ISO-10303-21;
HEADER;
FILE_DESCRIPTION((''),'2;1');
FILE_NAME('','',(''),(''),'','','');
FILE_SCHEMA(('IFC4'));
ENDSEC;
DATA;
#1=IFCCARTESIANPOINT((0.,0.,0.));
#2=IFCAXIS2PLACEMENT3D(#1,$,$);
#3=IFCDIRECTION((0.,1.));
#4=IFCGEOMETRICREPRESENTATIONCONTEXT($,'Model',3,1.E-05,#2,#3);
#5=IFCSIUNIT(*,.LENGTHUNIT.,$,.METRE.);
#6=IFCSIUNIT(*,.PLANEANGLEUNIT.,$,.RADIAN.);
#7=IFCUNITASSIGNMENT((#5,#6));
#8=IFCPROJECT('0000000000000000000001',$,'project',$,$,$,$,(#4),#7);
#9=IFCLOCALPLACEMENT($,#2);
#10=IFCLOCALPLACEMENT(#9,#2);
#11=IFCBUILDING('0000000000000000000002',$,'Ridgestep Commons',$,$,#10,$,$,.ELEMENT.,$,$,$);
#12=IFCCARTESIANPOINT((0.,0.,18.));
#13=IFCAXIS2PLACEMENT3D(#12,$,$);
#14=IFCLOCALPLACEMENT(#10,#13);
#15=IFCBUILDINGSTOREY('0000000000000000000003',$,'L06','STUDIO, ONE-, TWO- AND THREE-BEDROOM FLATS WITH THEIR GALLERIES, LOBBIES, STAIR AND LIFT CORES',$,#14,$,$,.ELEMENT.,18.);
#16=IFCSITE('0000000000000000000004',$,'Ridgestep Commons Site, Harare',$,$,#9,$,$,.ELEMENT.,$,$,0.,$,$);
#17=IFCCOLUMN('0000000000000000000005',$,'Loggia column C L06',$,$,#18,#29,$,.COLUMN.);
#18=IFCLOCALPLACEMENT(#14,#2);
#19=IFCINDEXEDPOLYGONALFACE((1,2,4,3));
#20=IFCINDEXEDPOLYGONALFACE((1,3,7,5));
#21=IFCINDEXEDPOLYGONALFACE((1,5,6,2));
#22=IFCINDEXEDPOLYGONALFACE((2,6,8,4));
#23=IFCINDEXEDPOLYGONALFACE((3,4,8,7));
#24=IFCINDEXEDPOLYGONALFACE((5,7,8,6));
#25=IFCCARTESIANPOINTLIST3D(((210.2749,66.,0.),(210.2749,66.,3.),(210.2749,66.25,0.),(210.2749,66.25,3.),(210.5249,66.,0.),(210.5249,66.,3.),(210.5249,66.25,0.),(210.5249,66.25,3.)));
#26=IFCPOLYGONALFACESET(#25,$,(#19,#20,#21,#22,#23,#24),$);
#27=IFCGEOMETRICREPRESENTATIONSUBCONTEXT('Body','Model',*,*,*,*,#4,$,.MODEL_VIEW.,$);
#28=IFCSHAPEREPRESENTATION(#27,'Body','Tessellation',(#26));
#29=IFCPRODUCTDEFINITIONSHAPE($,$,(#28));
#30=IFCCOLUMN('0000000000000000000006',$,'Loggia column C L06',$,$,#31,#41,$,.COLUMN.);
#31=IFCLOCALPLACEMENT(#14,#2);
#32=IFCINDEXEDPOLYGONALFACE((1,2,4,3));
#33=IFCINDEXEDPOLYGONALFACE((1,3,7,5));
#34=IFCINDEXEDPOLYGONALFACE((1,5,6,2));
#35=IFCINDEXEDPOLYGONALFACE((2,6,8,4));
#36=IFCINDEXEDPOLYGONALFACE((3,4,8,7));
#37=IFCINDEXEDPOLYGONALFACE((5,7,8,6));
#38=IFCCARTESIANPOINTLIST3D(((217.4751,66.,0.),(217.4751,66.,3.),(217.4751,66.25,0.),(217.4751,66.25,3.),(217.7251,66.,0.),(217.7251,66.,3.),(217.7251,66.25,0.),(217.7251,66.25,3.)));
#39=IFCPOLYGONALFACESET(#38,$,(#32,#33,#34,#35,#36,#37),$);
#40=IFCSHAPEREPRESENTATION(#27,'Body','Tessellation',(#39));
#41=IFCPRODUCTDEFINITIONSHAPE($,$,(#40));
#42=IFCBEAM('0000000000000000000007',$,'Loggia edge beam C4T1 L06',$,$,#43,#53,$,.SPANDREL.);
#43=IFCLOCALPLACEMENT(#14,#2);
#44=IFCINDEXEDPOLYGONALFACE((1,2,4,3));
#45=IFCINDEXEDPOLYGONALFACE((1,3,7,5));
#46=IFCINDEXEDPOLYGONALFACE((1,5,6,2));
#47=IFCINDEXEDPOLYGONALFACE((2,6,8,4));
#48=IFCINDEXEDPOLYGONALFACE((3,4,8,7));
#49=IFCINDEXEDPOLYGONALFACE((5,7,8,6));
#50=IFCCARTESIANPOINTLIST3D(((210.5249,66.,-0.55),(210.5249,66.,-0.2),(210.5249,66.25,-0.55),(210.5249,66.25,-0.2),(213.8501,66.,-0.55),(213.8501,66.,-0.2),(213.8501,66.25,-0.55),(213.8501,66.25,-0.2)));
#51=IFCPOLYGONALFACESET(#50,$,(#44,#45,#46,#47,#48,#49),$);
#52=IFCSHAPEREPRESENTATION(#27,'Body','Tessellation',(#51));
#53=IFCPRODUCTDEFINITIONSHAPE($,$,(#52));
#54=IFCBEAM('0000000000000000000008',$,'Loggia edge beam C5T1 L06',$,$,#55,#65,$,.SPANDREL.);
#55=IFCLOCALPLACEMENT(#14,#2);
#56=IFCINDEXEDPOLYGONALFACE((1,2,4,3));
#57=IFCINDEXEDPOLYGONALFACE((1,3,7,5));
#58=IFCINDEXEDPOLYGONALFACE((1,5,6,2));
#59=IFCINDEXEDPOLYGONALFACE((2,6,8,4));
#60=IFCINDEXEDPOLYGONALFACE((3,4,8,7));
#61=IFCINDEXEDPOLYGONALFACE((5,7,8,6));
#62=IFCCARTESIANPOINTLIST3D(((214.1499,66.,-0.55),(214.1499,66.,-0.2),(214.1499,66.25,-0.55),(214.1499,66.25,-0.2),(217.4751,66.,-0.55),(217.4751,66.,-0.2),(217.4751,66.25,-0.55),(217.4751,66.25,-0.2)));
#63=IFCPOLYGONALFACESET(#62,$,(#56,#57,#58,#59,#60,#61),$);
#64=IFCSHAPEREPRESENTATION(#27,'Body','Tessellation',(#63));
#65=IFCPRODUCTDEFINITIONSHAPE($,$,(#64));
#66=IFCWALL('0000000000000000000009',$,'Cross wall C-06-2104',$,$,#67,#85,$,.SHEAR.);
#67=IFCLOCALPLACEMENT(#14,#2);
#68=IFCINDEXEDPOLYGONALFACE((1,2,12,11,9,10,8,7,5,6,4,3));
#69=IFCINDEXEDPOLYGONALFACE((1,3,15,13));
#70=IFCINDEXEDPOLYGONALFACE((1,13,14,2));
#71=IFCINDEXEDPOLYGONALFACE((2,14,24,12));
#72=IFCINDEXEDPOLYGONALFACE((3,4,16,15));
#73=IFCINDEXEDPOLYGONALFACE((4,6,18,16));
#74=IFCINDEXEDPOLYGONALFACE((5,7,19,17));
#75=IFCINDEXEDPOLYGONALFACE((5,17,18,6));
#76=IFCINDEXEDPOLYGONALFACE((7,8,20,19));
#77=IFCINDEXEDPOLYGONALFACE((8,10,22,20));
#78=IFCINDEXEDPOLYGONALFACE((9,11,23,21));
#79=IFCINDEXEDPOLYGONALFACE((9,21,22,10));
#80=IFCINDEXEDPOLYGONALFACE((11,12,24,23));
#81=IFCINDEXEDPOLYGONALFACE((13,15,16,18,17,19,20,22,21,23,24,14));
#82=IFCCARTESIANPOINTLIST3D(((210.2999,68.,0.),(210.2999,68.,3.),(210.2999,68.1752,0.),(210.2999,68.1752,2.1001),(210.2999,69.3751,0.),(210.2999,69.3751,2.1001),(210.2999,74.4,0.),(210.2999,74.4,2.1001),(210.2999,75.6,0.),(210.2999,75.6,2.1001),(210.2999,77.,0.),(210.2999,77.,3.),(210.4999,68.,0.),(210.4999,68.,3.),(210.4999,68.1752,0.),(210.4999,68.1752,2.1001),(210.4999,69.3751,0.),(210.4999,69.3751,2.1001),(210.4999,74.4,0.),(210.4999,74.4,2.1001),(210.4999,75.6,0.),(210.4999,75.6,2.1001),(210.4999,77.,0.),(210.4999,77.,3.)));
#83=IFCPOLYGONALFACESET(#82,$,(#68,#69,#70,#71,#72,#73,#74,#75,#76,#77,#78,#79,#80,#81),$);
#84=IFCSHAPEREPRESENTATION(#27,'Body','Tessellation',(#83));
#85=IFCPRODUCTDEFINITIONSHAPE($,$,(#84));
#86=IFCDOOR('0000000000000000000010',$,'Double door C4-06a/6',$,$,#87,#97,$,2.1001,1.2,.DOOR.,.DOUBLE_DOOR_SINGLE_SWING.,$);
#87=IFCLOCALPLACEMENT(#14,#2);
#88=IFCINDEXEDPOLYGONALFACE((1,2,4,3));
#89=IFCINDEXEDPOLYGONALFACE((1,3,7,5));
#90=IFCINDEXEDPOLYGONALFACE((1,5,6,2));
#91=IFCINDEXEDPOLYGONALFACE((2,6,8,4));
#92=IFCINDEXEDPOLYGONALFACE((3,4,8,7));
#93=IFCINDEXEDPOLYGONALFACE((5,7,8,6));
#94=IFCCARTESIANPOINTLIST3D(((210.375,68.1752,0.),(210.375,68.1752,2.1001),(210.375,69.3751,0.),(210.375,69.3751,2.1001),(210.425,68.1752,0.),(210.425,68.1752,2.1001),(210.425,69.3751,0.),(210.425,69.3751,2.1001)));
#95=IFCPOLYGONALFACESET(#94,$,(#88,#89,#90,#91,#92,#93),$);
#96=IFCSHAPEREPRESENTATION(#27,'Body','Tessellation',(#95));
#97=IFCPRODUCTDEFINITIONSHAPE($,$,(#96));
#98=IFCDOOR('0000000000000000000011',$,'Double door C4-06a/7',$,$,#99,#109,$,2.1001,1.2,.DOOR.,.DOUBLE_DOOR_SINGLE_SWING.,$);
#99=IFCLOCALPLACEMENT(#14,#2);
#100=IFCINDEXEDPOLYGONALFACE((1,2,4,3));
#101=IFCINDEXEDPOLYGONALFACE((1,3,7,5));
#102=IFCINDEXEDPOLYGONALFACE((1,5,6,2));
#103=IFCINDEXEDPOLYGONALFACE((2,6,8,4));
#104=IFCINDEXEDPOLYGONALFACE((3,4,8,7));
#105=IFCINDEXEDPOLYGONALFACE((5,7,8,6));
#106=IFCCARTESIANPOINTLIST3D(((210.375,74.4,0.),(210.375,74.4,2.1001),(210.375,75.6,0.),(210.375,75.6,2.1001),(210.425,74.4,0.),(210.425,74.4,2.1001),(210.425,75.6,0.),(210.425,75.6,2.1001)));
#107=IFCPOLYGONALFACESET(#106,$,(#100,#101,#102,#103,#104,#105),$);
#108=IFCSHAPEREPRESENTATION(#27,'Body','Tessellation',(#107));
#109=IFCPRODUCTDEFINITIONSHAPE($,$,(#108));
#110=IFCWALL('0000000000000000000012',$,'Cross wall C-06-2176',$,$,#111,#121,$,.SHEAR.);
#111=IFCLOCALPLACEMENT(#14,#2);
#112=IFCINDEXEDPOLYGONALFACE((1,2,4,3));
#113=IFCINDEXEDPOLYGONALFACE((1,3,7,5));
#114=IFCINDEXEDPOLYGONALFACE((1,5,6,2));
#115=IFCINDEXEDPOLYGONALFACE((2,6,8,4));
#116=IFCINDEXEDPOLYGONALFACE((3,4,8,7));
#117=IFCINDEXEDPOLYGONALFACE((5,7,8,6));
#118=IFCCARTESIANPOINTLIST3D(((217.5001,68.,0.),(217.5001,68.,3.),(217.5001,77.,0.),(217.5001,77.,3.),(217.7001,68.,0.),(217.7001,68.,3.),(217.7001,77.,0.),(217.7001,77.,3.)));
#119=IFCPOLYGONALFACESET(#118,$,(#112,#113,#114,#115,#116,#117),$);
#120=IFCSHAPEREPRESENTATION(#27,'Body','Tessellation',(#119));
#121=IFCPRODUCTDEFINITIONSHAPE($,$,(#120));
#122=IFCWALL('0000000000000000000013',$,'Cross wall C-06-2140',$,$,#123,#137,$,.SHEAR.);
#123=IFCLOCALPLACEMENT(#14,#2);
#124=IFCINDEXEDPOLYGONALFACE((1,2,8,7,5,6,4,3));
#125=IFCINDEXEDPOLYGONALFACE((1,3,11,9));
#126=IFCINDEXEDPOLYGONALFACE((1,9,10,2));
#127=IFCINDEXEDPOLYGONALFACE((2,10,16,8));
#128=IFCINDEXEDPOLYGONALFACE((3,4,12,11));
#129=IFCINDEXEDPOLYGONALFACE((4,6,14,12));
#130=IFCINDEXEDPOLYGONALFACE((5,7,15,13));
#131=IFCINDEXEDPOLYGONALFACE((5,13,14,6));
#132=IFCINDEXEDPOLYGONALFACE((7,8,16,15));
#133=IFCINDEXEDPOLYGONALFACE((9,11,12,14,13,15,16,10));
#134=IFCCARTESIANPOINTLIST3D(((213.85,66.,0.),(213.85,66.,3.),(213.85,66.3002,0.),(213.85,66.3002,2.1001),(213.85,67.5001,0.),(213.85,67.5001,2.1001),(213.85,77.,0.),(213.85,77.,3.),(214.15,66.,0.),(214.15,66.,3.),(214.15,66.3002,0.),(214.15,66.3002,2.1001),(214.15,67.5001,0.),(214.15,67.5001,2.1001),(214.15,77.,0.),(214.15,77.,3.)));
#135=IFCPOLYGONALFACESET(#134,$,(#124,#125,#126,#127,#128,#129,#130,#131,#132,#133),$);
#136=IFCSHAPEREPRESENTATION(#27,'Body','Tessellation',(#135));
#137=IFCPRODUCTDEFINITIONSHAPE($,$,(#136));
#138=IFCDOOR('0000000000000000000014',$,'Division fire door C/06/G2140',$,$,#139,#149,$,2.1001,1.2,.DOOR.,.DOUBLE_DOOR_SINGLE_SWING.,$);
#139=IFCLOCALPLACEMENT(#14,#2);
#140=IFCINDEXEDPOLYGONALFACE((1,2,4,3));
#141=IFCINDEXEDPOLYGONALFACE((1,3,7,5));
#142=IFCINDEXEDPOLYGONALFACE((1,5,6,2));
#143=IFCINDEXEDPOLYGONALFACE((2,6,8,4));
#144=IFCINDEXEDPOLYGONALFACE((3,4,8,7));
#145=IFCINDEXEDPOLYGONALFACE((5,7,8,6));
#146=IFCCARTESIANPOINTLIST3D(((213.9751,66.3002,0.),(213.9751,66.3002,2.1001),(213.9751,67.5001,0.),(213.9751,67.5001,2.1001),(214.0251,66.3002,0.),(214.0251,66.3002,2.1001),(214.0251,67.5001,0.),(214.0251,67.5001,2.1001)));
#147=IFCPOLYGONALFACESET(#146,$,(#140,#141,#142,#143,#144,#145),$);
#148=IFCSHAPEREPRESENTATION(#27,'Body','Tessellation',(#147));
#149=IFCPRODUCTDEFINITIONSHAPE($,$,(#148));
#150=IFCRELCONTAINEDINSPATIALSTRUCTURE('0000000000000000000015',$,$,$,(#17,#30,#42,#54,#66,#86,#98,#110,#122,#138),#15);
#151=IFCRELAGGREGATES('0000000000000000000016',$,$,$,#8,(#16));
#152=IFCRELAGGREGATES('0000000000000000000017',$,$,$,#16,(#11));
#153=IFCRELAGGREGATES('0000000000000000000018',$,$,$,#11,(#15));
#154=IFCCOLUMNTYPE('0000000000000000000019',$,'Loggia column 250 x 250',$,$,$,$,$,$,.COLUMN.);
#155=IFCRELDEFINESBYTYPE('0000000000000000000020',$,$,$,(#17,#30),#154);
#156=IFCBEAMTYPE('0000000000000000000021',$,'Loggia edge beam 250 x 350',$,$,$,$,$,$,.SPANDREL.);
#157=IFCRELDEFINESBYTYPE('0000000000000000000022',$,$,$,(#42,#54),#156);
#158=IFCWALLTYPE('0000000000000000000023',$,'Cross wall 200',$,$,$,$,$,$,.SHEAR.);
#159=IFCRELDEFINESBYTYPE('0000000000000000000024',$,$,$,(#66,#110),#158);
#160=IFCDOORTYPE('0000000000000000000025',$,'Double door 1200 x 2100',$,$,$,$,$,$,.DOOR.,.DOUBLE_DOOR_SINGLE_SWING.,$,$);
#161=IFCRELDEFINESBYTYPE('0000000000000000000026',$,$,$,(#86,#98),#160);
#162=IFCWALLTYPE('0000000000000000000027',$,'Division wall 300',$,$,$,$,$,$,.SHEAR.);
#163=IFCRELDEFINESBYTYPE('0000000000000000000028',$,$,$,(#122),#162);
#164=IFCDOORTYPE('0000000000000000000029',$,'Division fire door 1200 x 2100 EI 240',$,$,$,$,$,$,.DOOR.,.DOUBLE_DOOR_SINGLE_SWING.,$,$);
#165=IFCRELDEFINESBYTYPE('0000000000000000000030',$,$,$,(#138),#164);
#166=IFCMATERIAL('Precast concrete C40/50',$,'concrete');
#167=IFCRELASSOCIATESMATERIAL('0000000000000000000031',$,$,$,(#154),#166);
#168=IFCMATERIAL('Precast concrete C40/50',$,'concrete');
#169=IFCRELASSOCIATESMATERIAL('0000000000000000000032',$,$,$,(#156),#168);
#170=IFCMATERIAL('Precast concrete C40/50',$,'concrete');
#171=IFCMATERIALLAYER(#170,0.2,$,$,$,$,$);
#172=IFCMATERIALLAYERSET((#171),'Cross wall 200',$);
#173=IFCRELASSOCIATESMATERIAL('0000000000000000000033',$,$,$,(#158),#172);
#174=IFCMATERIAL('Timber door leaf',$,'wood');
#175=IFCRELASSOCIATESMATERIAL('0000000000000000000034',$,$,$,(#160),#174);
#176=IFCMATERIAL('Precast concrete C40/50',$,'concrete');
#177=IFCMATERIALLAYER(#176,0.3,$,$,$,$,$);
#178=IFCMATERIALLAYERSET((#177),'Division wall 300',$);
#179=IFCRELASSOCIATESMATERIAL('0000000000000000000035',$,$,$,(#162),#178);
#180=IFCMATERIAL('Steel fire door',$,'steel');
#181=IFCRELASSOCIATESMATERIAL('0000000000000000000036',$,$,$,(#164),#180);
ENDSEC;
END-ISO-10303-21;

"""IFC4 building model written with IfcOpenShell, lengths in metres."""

from ifc_helpers import new_model, si_unit, direction, frame, frame_2d, origin, origin_2d, place, context, subcontext, project, spatial, rectangle, extrude, material, layer, layer_set, material_profile, profile_set, type_object, element, fill, save


model = new_model("IFC4")

# Units and contexts
model_context = context("Model", 3, precision=1e-05, world=origin(), true_north=direction((0.0, 1.0)))
body_context = subcontext(model_context, "Body", "Model", "MODEL_VIEW")
ifc_project = project(units=[si_unit("LENGTHUNIT", "METRE"), si_unit("PLANEANGLEUNIT", "RADIAN")], contexts=[model_context])

# Site, building, storey
site_placement = place(None, origin())
site = spatial("IfcSite", under=ifc_project, at=site_placement, Name="Ridgestep Commons Site, Harare", CompositionType="ELEMENT", RefElevation=0.0)
building_placement = place(site_placement, origin())
building = spatial("IfcBuilding", under=site, at=building_placement, Name="Ridgestep Commons", CompositionType="ELEMENT")
storey_placement = place(building_placement, frame((0.0, 0.0, 18.0)))
storey = spatial("IfcBuildingStorey", under=building, at=storey_placement, Name="L06", Description="STUDIO, ONE-, TWO- AND THREE-BEDROOM FLATS WITH THEIR GALLERIES, LOBBIES, STAIR AND LIFT CORES", CompositionType="ELEMENT", Elevation=18.0)

# Columns
ifc_material_1 = material(Name="Precast concrete C40/50", Category="concrete")
ifc_material_profile_1 = material_profile(ifc_material_1, rectangle(XDim=0.25, YDim=0.25, at=origin_2d()), Name="PC 250x250")
ifc_profile_set_1 = profile_set([ifc_material_profile_1], Name="Precast concrete C40/50")
column_type = type_object("IfcColumnType", Name="Loggia column 250 x 250", PredefinedType="COLUMN", material=ifc_profile_set_1)
for number, where, z_axis, x_axis, name in (
    (1, (210.3999, 66.125, 0.0), (0.0, 0.0, 1.0), (1.0, 0.0, 0.0), "Loggia column C L06"),
    (2, (217.6001, 66.125, 0.0), (0.0, 0.0, 1.0), (1.0, 0.0, 0.0), "Loggia column C L06"),
):
    element("IfcColumn", number, at=place(storey_placement, frame(where, z_axis=z_axis, x_axis=x_axis)), inside=storey, type_object=column_type, Name=name, PredefinedType="COLUMN", context=body_context, shape_type="SweptSolid", body=[
        extrude(rectangle(XDim=0.25, YDim=0.25, at=origin_2d()), origin(), (0.0, 0.0, 1.0), 3.0),
    ])

# Beams
ifc_material_2 = material(Name="Precast concrete C40/50", Category="concrete")
ifc_material_profile_2 = material_profile(ifc_material_2, rectangle(XDim=0.25, YDim=0.3501, at=origin_2d()), Name="PC 250x350")
ifc_profile_set_2 = profile_set([ifc_material_profile_2], Name="Precast concrete C40/50")
beam_type = type_object("IfcBeamType", Name="Loggia edge beam 250 x 350", PredefinedType="SPANDREL", material=ifc_profile_set_2)
for number, where, z_axis, x_axis, name in (
    (3, (210.5249, 66.125, -0.375), (1.0, 0.0, 0.0), (0.0, 1.0, 0.0), "Loggia edge beam C4T1 L06"),
    (4, (214.1499, 66.125, -0.375), (1.0, 0.0, 0.0), (0.0, 1.0, 0.0), "Loggia edge beam C5T1 L06"),
):
    element("IfcBeam", number, at=place(storey_placement, frame(where, z_axis=z_axis, x_axis=x_axis)), inside=storey, type_object=beam_type, Name=name, PredefinedType="SPANDREL", context=body_context, shape_type="SweptSolid", body=[
        extrude(rectangle(XDim=0.25, YDim=0.3501, at=origin_2d()), origin(), (0.0, 0.0, 1.0), 3.3252),
    ])

# Wall, openings, doors
ifc_material_3 = material(Name="Precast concrete C40/50", Category="concrete")
ifc_layer_1 = layer(ifc_material_3, 0.2)
ifc_layer_set_1 = layer_set([ifc_layer_1], Name="Cross wall 200")
wall_type_1 = type_object("IfcWallType", Name="Cross wall 200", PredefinedType="SHEAR", material=ifc_layer_set_1)
wall_1_placement = place(storey_placement, frame((210.3999, 68.0, 0.0), z_axis=(0.0, 0.0, 1.0), x_axis=(0.0, 1.0, 0.0)))
wall_1 = element("IfcWall", 5, at=wall_1_placement, inside=storey, type_object=wall_type_1, Name="Cross wall C-06-2104", PredefinedType="SHEAR", context=body_context, shape_type="SweptSolid", body=[
    extrude(rectangle(XDim=9.0, YDim=0.2, at=frame_2d((4.5, 0.0))), origin(), (0.0, 0.0, 1.0), 3.0),
])
opening_1_placement = place(wall_1_placement, frame((0.175, 0.0, 0.0)))
opening_1 = element("IfcOpeningElement", 6, at=opening_1_placement, cuts=wall_1, PredefinedType="OPENING", context=body_context, shape_type="SweptSolid", body=[
    extrude(rectangle(XDim=1.2, YDim=2.1001, at=frame_2d((0.6001, 1.05))), frame((0.0, 0.1099, 0.0), z_axis=(0.0, -1.0, 0.0), x_axis=(1.0, 0.0, 0.0)), (0.0, 0.0, 1.0), 0.22),
])
opening_2_placement = place(wall_1_placement, frame((6.3999, 0.0, 0.0)))
opening_2 = element("IfcOpeningElement", 7, at=opening_2_placement, cuts=wall_1, PredefinedType="OPENING", context=body_context, shape_type="SweptSolid", body=[
    extrude(rectangle(XDim=1.2, YDim=2.1001, at=frame_2d((0.6001, 1.05))), frame((0.0, 0.1099, 0.0), z_axis=(0.0, -1.0, 0.0), x_axis=(1.0, 0.0, 0.0)), (0.0, 0.0, 1.0), 0.22),
])
ifc_material_4 = material(Name="Timber door leaf", Category="wood")
door_type_1 = type_object("IfcDoorType", Name="Double door 1200 x 2100", OperationType="DOUBLE_DOOR_SINGLE_SWING", PredefinedType="DOOR", material=ifc_material_4)
door_1_placement = place(opening_1_placement, origin())
door_1 = element("IfcDoor", 8, at=door_1_placement, inside=storey, type_object=door_type_1, Name="Double door C4-06a/6", OperationType="DOUBLE_DOOR_SINGLE_SWING", OverallHeight=2.1001, OverallWidth=1.2, PredefinedType="DOOR", context=body_context, shape_type="SweptSolid", body=[
    extrude(rectangle(XDim=1.2, YDim=2.1001, at=frame_2d((0.6001, 1.05))), frame((0.0, 0.0249, 0.0), z_axis=(0.0, -1.0, 0.0), x_axis=(1.0, 0.0, 0.0)), (0.0, 0.0, 1.0), 0.05),
])
fill(opening_1, door_1)
door_2_placement = place(opening_2_placement, origin())
door_2 = element("IfcDoor", 9, at=door_2_placement, inside=storey, type_object=door_type_1, Name="Double door C4-06a/7", OperationType="DOUBLE_DOOR_SINGLE_SWING", OverallHeight=2.1001, OverallWidth=1.2, PredefinedType="DOOR", context=body_context, shape_type="SweptSolid", body=[
    extrude(rectangle(XDim=1.2, YDim=2.1001, at=frame_2d((0.6001, 1.05))), frame((0.0, 0.0249, 0.0), z_axis=(0.0, -1.0, 0.0), x_axis=(1.0, 0.0, 0.0)), (0.0, 0.0, 1.0), 0.05),
])
fill(opening_2, door_2)

# Wall
wall_2_placement = place(storey_placement, frame((217.6001, 68.0, 0.0), z_axis=(0.0, 0.0, 1.0), x_axis=(0.0, 1.0, 0.0)))
element("IfcWall", 10, at=wall_2_placement, inside=storey, type_object=wall_type_1, Name="Cross wall C-06-2176", PredefinedType="SHEAR", context=body_context, shape_type="SweptSolid", body=[
    extrude(rectangle(XDim=9.0, YDim=0.2, at=frame_2d((4.5, 0.0))), origin(), (0.0, 0.0, 1.0), 3.0),
])

# Wall, opening, door
ifc_material_5 = material(Name="Precast concrete C40/50", Category="concrete")
ifc_layer_2 = layer(ifc_material_5, 0.3)
ifc_layer_set_2 = layer_set([ifc_layer_2], Name="Division wall 300")
wall_type_2 = type_object("IfcWallType", Name="Division wall 300", PredefinedType="SHEAR", material=ifc_layer_set_2)
wall_3_placement = place(storey_placement, frame((214.0, 66.0, 0.0), z_axis=(0.0, 0.0, 1.0), x_axis=(0.0, 1.0, 0.0)))
wall_3 = element("IfcWall", 11, at=wall_3_placement, inside=storey, type_object=wall_type_2, Name="Cross wall C-06-2140", PredefinedType="SHEAR", context=body_context, shape_type="SweptSolid", body=[
    extrude(rectangle(XDim=11.0, YDim=0.3, at=frame_2d((5.5, 0.0))), origin(), (0.0, 0.0, 1.0), 3.0),
])
opening_3_placement = place(wall_3_placement, frame((0.3, 0.0, 0.0)))
opening_3 = element("IfcOpeningElement", 12, at=opening_3_placement, cuts=wall_3, PredefinedType="OPENING", context=body_context, shape_type="SweptSolid", body=[
    extrude(rectangle(XDim=1.2, YDim=2.1001, at=frame_2d((0.6001, 1.05))), frame((0.0, 0.1599, 0.0), z_axis=(0.0, -1.0, 0.0), x_axis=(1.0, 0.0, 0.0)), (0.0, 0.0, 1.0), 0.3201),
])
ifc_material_6 = material(Name="Steel fire door", Category="steel")
door_type_2 = type_object("IfcDoorType", Name="Division fire door 1200 x 2100 EI 240", OperationType="DOUBLE_DOOR_SINGLE_SWING", PredefinedType="DOOR", material=ifc_material_6)
door_3_placement = place(opening_3_placement, origin())
door_3 = element("IfcDoor", 13, at=door_3_placement, inside=storey, type_object=door_type_2, Name="Division fire door C/06/G2140", OperationType="DOUBLE_DOOR_SINGLE_SWING", OverallHeight=2.1001, OverallWidth=1.2, PredefinedType="DOOR", context=body_context, shape_type="SweptSolid", body=[
    extrude(rectangle(XDim=1.2, YDim=2.1001, at=frame_2d((0.6001, 1.05))), frame((0.0, 0.0249, 0.0), z_axis=(0.0, -1.0, 0.0), x_axis=(1.0, 0.0, 0.0)), (0.0, 0.0, 1.0), 0.05),
])
fill(opening_3, door_3)

save(model, "model.ifc")
